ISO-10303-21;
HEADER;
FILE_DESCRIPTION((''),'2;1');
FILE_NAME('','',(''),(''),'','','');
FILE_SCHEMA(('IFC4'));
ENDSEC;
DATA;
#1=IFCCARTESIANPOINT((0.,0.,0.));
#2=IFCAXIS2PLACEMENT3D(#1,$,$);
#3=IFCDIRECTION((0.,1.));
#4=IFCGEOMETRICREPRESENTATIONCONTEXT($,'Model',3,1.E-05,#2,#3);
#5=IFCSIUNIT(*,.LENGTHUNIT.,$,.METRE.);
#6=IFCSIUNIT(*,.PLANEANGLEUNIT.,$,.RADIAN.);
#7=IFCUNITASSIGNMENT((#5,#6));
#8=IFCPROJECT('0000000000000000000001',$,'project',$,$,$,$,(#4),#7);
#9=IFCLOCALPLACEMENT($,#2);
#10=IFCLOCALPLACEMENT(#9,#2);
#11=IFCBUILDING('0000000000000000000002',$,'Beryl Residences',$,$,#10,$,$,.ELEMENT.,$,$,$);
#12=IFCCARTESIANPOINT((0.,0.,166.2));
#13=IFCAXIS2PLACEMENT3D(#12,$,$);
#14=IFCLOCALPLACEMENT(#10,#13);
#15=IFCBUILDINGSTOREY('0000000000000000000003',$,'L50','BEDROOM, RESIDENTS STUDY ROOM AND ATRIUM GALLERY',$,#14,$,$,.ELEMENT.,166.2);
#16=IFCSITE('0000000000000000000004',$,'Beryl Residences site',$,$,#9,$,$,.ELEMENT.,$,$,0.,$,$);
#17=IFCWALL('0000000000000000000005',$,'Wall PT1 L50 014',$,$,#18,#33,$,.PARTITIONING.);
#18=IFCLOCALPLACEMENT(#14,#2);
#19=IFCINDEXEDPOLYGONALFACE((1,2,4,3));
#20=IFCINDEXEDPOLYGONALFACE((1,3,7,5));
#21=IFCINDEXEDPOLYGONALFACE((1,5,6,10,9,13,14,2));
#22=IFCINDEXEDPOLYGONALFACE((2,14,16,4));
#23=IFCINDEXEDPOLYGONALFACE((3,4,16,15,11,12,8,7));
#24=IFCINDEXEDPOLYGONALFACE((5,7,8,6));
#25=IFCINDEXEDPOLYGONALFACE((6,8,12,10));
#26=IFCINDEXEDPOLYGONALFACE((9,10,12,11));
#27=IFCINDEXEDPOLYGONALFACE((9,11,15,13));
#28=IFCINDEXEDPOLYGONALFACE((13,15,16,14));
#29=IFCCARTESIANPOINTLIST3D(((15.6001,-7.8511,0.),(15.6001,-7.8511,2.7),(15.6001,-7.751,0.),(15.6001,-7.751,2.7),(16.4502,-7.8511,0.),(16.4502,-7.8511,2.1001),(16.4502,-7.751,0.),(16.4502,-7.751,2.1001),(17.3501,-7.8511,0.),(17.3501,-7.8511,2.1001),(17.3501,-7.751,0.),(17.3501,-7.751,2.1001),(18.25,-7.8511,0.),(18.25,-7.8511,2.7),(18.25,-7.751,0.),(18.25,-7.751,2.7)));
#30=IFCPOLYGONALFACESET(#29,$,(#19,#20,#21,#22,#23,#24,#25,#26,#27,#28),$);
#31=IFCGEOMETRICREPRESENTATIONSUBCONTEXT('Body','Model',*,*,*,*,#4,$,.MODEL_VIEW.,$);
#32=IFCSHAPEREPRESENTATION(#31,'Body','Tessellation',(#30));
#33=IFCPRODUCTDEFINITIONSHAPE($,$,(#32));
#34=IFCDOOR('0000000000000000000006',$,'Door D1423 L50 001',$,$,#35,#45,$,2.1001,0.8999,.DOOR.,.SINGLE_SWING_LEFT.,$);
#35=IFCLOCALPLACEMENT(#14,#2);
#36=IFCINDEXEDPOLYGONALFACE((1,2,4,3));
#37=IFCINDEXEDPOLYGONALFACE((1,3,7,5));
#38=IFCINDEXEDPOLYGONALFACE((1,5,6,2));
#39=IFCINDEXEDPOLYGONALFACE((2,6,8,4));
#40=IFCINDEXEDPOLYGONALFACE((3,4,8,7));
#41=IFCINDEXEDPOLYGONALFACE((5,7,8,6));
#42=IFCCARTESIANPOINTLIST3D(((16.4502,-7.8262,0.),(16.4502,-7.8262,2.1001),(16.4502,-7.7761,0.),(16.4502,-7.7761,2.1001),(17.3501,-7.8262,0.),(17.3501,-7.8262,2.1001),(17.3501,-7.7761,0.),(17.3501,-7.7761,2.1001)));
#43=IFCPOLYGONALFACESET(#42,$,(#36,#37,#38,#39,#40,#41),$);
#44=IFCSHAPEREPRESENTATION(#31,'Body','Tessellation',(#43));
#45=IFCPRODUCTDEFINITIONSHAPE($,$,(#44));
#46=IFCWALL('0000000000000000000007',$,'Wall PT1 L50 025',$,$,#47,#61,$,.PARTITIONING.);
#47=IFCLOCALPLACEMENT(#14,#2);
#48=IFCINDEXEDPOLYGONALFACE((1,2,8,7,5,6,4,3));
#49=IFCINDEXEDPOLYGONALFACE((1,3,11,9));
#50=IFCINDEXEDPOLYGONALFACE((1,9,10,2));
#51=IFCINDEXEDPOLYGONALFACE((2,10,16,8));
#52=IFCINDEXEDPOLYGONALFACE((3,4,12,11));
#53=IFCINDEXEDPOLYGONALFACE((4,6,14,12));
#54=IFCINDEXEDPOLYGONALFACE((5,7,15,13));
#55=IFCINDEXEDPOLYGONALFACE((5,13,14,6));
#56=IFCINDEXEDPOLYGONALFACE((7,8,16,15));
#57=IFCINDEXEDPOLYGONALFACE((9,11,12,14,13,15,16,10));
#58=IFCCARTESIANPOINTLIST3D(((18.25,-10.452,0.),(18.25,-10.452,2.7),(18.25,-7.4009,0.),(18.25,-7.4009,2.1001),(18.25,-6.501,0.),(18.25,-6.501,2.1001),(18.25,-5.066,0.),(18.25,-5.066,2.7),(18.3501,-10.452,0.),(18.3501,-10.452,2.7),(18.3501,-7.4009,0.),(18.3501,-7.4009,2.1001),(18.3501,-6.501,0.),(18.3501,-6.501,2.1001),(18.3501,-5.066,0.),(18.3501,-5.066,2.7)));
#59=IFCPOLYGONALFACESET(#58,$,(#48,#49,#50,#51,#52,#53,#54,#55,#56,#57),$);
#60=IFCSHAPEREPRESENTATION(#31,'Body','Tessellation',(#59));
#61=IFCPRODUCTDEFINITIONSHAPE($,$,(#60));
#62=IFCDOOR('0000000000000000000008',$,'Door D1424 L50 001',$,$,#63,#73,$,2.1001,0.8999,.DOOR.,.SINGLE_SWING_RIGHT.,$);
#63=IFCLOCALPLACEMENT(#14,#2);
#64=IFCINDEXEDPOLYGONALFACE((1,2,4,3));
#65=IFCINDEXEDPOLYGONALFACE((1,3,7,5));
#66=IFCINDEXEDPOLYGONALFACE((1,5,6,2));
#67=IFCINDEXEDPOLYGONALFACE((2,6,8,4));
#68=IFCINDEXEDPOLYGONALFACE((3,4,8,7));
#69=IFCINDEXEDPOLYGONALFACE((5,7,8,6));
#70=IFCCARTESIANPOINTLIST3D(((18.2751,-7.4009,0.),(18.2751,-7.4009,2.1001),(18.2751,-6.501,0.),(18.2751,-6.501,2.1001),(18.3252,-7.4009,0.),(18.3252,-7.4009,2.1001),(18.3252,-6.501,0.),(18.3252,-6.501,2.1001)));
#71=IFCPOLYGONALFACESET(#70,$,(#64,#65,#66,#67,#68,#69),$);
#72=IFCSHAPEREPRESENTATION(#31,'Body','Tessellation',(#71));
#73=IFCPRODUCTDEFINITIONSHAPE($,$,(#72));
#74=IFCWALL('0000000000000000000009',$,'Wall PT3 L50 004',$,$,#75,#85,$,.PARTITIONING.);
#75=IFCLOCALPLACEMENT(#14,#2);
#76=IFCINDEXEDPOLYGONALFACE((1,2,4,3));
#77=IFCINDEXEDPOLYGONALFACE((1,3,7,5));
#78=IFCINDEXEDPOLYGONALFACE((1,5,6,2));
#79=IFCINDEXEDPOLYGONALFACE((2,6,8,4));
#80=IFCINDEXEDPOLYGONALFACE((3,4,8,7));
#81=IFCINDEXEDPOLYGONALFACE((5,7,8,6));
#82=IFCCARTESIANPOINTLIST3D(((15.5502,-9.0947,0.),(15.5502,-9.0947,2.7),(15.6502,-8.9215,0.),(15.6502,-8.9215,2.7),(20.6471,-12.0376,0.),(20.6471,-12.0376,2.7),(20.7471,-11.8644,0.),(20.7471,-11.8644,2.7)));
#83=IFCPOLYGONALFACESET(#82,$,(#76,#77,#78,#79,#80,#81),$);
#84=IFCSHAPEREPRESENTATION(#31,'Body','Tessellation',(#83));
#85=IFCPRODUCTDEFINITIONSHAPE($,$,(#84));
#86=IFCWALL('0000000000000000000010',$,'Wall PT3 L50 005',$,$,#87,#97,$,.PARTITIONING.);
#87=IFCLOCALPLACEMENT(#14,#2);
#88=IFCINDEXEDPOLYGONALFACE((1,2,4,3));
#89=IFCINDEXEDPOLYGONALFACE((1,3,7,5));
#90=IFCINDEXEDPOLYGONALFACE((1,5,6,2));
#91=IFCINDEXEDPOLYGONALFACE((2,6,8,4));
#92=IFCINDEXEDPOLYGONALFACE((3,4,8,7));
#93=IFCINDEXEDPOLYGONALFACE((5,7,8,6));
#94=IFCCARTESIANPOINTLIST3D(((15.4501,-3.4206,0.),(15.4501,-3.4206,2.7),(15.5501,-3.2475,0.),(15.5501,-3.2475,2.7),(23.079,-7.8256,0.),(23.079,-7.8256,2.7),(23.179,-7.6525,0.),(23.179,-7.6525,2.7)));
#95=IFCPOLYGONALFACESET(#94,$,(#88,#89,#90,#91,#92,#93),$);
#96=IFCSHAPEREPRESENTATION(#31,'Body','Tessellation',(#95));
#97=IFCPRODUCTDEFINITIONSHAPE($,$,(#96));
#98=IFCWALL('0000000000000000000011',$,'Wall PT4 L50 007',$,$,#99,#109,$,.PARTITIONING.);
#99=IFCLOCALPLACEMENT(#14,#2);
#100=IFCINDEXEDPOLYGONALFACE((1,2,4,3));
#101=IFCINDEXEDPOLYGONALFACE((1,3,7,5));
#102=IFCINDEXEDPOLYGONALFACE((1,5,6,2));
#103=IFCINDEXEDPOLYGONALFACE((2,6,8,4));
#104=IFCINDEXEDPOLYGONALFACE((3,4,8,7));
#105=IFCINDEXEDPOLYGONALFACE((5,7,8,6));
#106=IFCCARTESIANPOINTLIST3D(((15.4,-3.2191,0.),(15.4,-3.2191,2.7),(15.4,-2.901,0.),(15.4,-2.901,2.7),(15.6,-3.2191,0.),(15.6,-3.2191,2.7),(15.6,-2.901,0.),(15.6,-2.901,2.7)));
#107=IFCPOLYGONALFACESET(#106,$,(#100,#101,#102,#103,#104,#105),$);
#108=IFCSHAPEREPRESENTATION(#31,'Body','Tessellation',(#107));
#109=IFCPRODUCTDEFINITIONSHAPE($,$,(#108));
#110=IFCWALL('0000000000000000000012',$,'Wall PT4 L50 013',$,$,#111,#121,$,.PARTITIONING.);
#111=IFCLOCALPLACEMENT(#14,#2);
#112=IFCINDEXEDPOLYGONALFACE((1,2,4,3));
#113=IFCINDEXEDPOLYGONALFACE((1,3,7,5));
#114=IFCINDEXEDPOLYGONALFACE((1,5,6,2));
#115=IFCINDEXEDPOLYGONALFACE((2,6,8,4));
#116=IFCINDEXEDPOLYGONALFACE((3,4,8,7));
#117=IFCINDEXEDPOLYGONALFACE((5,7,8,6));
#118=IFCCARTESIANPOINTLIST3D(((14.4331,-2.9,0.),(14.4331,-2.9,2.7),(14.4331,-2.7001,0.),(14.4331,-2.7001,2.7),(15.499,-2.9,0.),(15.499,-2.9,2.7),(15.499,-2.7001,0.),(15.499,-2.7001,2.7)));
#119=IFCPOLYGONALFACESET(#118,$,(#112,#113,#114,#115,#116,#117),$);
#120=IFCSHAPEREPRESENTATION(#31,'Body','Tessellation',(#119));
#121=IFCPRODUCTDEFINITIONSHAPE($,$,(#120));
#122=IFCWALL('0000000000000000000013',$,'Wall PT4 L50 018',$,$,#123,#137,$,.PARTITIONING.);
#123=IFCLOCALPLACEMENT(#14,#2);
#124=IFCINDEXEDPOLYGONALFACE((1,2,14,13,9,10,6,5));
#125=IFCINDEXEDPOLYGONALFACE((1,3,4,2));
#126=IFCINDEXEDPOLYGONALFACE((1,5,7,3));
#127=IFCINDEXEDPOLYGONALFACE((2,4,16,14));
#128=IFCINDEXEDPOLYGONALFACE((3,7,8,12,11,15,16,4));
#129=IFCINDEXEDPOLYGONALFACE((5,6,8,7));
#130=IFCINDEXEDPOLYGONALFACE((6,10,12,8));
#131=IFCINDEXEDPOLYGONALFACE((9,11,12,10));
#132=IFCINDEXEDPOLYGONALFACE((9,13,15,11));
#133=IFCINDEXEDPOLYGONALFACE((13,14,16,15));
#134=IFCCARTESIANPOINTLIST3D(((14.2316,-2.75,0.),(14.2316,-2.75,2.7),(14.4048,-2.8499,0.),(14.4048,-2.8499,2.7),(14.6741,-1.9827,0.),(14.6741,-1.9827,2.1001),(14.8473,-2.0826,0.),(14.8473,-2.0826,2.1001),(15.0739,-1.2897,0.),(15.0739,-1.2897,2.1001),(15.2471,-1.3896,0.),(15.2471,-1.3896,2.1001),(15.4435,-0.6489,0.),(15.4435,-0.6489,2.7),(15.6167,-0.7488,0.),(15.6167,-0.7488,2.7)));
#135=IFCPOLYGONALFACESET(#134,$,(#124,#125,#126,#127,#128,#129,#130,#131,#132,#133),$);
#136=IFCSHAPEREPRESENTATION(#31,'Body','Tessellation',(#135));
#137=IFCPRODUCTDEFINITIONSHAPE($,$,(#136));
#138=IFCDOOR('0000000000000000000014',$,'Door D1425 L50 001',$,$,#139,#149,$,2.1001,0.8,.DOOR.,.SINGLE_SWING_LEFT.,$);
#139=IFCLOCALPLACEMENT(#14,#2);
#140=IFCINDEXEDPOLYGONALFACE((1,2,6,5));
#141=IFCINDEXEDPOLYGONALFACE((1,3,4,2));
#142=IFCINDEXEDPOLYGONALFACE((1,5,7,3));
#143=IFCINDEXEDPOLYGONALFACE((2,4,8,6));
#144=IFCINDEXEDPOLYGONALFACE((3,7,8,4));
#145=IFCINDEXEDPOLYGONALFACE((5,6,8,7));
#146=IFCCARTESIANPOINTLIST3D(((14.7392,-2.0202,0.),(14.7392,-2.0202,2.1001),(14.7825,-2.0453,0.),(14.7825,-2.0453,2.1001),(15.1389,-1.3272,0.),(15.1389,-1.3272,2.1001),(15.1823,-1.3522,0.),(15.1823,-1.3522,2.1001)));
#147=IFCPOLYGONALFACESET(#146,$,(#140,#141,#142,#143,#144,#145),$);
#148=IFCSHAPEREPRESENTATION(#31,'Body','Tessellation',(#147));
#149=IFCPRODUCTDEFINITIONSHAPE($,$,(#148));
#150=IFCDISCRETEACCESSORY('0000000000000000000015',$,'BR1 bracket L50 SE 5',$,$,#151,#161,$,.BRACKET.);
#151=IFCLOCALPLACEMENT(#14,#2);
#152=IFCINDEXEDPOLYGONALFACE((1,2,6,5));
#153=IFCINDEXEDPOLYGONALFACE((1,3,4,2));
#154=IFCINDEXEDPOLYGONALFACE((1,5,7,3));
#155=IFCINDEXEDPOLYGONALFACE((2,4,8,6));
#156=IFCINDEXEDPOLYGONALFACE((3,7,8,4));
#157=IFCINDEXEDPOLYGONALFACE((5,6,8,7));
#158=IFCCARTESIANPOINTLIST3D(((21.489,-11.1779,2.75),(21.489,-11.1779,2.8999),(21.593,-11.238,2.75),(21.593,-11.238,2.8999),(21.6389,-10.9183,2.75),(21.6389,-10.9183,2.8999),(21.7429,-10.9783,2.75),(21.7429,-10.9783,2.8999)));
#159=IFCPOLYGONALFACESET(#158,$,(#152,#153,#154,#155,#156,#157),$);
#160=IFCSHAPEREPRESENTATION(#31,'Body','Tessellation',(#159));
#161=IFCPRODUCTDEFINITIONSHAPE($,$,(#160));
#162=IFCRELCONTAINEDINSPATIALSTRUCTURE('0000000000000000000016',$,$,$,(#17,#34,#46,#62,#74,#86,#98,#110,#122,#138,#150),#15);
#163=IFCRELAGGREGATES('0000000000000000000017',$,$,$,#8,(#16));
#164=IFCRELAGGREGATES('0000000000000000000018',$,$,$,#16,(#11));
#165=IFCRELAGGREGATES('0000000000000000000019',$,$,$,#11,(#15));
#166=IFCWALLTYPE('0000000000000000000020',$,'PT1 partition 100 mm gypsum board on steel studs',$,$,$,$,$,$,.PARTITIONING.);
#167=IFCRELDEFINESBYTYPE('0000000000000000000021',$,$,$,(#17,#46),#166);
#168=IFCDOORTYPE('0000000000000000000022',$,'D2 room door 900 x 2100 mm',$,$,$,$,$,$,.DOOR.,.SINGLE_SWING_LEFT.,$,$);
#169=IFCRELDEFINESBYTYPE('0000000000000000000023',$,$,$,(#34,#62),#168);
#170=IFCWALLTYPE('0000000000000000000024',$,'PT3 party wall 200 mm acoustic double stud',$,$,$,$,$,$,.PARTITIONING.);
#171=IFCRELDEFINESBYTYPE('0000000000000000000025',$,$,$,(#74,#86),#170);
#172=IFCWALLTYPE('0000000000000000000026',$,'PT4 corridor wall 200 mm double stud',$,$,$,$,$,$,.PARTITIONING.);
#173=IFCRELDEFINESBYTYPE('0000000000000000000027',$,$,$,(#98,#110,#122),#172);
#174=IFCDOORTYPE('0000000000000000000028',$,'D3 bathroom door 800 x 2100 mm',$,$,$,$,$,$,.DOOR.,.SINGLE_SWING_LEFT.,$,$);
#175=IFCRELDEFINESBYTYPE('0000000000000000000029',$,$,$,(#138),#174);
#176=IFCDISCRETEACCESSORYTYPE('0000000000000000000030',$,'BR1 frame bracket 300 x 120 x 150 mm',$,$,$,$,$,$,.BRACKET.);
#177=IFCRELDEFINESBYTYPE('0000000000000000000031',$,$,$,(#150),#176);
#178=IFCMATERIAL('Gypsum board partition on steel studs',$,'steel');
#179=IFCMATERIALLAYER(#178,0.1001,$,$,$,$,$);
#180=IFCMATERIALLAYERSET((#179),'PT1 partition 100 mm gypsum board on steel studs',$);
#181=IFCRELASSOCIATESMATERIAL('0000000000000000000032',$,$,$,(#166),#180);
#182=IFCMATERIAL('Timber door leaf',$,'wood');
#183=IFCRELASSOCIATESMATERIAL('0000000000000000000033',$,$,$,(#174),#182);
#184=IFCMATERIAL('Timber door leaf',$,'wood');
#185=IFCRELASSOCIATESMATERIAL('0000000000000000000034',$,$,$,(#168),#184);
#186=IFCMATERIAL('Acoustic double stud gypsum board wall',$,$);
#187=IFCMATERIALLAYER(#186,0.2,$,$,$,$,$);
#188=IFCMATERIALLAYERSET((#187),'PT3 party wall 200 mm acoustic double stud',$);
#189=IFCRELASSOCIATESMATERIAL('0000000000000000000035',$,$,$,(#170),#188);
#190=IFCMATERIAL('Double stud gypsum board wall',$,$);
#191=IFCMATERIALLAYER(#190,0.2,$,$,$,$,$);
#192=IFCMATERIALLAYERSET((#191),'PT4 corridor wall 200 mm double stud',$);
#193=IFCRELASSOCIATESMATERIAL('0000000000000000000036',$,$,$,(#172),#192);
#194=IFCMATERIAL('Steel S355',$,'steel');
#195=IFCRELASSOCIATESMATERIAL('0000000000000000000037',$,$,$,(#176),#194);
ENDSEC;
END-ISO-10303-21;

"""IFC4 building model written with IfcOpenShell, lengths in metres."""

from ifc_helpers import new_model, si_unit, direction, frame, frame_2d, origin, place, context, subcontext, project, spatial, polyline, rectangle, outline, extrude, source, transform, mapped, material, layer, layer_set, type_object, type_shapes, element, fill, save


model = new_model("IFC4")

# Units and contexts
model_context = context("Model", 3, precision=1e-05, world=origin(), true_north=direction((0.0, 1.0)))
body_context = subcontext(model_context, "Body", "Model", "MODEL_VIEW")
ifc_project = project(units=[si_unit("LENGTHUNIT", "METRE"), si_unit("PLANEANGLEUNIT", "RADIAN")], contexts=[model_context])

# Site, building, storey
site_placement = place(None, origin())
site = spatial("IfcSite", under=ifc_project, at=site_placement, Name="Beryl Residences site", CompositionType="ELEMENT", RefElevation=0.0)
building_placement = place(site_placement, origin())
building = spatial("IfcBuilding", under=site, at=building_placement, Name="Beryl Residences", CompositionType="ELEMENT")
storey_placement = place(building_placement, frame((0.0, 0.0, 166.2)))
storey = spatial("IfcBuildingStorey", under=building, at=storey_placement, Name="L50", Description="BEDROOM, RESIDENTS STUDY ROOM AND ATRIUM GALLERY", CompositionType="ELEMENT", Elevation=166.2)

# Walls, openings, doors
ifc_material_1 = material(Name="Gypsum board partition on steel studs", Category="steel")
ifc_layer_1 = layer(ifc_material_1, 0.1001)
ifc_layer_set_1 = layer_set([ifc_layer_1], Name="PT1 partition 100 mm gypsum board on steel studs")
wall_type_1 = type_object("IfcWallType", Name="PT1 partition 100 mm gypsum board on steel studs", PredefinedType="PARTITIONING", material=ifc_layer_set_1)
ifc_material_2 = material(Name="Timber door leaf", Category="wood")
door_type_1 = type_object("IfcDoorType", Name="D3 bathroom door 800 x 2100 mm", OperationType="SINGLE_SWING_LEFT", PredefinedType="DOOR", material=ifc_material_2)
wall_1_placement = place(storey_placement, frame((15.6001, -7.801, 0.0), z_axis=(0.0, 0.0, 1.0), x_axis=(1.0, 0.0, 0.0)))
wall_1 = element("IfcWall", 1, at=wall_1_placement, inside=storey, type_object=wall_type_1, Name="Wall PT1 L50 014", PredefinedType="PARTITIONING", context=body_context, shape_type="SweptSolid", body=[
    extrude(rectangle(XDim=2.6499, YDim=0.1001, at=frame_2d((1.325, 0.0))), origin(), (0.0, 0.0, 1.0), 2.7),
])
opening_1_placement = place(wall_1_placement, frame((0.8501, 0.0, 0.0)))
opening_1 = element("IfcOpeningElement", 2, at=opening_1_placement, cuts=wall_1, PredefinedType="OPENING", context=body_context, shape_type="SweptSolid", body=[
    extrude(rectangle(XDim=0.8999, YDim=2.1001, at=frame_2d((0.45, 1.05))), frame((0.0, 0.0601, 0.0), z_axis=(0.0, -1.0, 0.0), x_axis=(1.0, 0.0, 0.0)), (0.0, 0.0, 1.0), 0.1201),
])
ifc_material_3 = material(Name="Timber door leaf", Category="wood")
door_type_2 = type_object("IfcDoorType", Name="D2 room door 900 x 2100 mm", OperationType="SINGLE_SWING_LEFT", PredefinedType="DOOR", material=ifc_material_3)
door_1_placement = place(opening_1_placement, origin())
door_1 = element("IfcDoor", 3, at=door_1_placement, inside=storey, type_object=door_type_2, Name="Door D1423 L50 001", OperationType="SINGLE_SWING_LEFT", OverallHeight=2.1001, OverallWidth=0.8999, PredefinedType="DOOR", context=body_context, shape_type="SweptSolid", body=[
    extrude(rectangle(XDim=0.8999, YDim=2.1001, at=frame_2d((0.45, 1.05))), frame((0.0, 0.0249, 0.0), z_axis=(0.0, -1.0, 0.0), x_axis=(1.0, 0.0, 0.0)), (0.0, 0.0, 1.0), 0.05),
])
fill(opening_1, door_1)
wall_2_placement = place(storey_placement, frame((18.3, -10.4519, 0.0), z_axis=(0.0, 0.0, 1.0), x_axis=(0.0, 1.0, 0.0)))
wall_2 = element("IfcWall", 4, at=wall_2_placement, inside=storey, type_object=wall_type_1, Name="Wall PT1 L50 025", PredefinedType="PARTITIONING", context=body_context, shape_type="SweptSolid", body=[
    extrude(rectangle(XDim=5.386, YDim=0.1001, at=frame_2d((2.6929, 0.0))), origin(), (0.0, 0.0, 1.0), 2.7),
])
opening_2_placement = place(wall_2_placement, frame((3.051, 0.0, 0.0)))
opening_2 = element("IfcOpeningElement", 5, at=opening_2_placement, cuts=wall_2, PredefinedType="OPENING", context=body_context, shape_type="SweptSolid", body=[
    extrude(rectangle(XDim=0.8999, YDim=2.1001, at=frame_2d((0.45, 1.05))), frame((0.0, 0.0601, 0.0), z_axis=(0.0, -1.0, 0.0), x_axis=(1.0, 0.0, 0.0)), (0.0, 0.0, 1.0), 0.1201),
])
door_2_placement = place(opening_2_placement, origin())
door_2 = element("IfcDoor", 6, at=door_2_placement, inside=storey, type_object=door_type_2, Name="Door D1424 L50 001", OperationType="SINGLE_SWING_RIGHT", OverallHeight=2.1001, OverallWidth=0.8999, PredefinedType="DOOR", context=body_context, shape_type="SweptSolid", body=[
    extrude(rectangle(XDim=0.8999, YDim=2.1001, at=frame_2d((0.45, 1.05))), frame((0.0, 0.0249, 0.0), z_axis=(0.0, -1.0, 0.0), x_axis=(1.0, 0.0, 0.0)), (0.0, 0.0, 1.0), 0.05),
])
fill(opening_2, door_2)

# Walls
ifc_material_4 = material(Name="Acoustic double stud gypsum board wall")
ifc_layer_2 = layer(ifc_material_4, 0.2)
ifc_layer_set_2 = layer_set([ifc_layer_2], Name="PT3 party wall 200 mm acoustic double stud")
wall_type_2 = type_object("IfcWallType", Name="PT3 party wall 200 mm acoustic double stud", PredefinedType="PARTITIONING", material=ifc_layer_set_2)
wall_3_placement = place(storey_placement, frame((15.6001, -9.0081, 0.0), z_axis=(0.0, 0.0, 1.0), x_axis=(0.866014, -0.50002, 0.0)))
element("IfcWall", 7, at=wall_3_placement, inside=storey, type_object=wall_type_2, Name="Wall PT3 L50 004", PredefinedType="PARTITIONING", context=body_context, shape_type="SweptSolid", body=[
    extrude(rectangle(XDim=5.8855, YDim=0.2, at=frame_2d((2.9429, 0.0))), origin(), (0.0, 0.0, 1.0), 2.7),
])
wall_4_placement = place(storey_placement, frame((15.5, -3.334, 0.0), z_axis=(0.0, 0.0, 1.0), x_axis=(0.866002, -0.500041, 0.0)))
element("IfcWall", 8, at=wall_4_placement, inside=storey, type_object=wall_type_2, Name="Wall PT3 L50 005", PredefinedType="PARTITIONING", context=body_context, shape_type="SweptSolid", body=[
    extrude(rectangle(XDim=8.8093, YDim=0.2, at=frame_2d((4.4048, 0.0))), origin(), (0.0, 0.0, 1.0), 2.7),
])
ifc_material_5 = material(Name="Double stud gypsum board wall")
ifc_layer_3 = layer(ifc_material_5, 0.2)
ifc_layer_set_3 = layer_set([ifc_layer_3], Name="PT4 corridor wall 200 mm double stud")
wall_type_3 = type_object("IfcWallType", Name="PT4 corridor wall 200 mm double stud", PredefinedType="PARTITIONING", material=ifc_layer_set_3)
wall_5_placement = place(storey_placement, frame((15.5, -2.9009, 0.0), z_axis=(0.0, 0.0, 1.0), x_axis=(0.0, -1.0, 0.0)))
element("IfcWall", 9, at=wall_5_placement, inside=storey, type_object=wall_type_3, Name="Wall PT4 L50 007", PredefinedType="PARTITIONING", context=body_context, shape_type="SweptSolid", body=[
    extrude(rectangle(XDim=0.3181, YDim=0.2, at=frame_2d((0.1592, 0.0))), origin(), (0.0, 0.0, 1.0), 2.7),
])
wall_6_placement = place(storey_placement, frame((14.4331, -2.8, 0.0), z_axis=(0.0, 0.0, 1.0), x_axis=(1.0, 0.0, 0.0)))
element("IfcWall", 10, at=wall_6_placement, inside=storey, type_object=wall_type_3, Name="Wall PT4 L50 013", PredefinedType="PARTITIONING", context=body_context, shape_type="SweptSolid", body=[
    extrude(rectangle(XDim=1.0659, YDim=0.2, at=frame_2d((0.533, 0.0))), origin(), (0.0, 0.0, 1.0), 2.7),
])

# Wall, opening, door
wall_7_placement = place(storey_placement, frame((14.3181, -2.8, 0.0), z_axis=(0.0, 0.0, 1.0), x_axis=(0.499647, 0.866229, 0.0)))
wall_7 = element("IfcWall", 11, at=wall_7_placement, inside=storey, type_object=wall_type_3, Name="Wall PT4 L50 018", PredefinedType="PARTITIONING", context=body_context, shape_type="SweptSolid", body=[
    extrude(rectangle(XDim=2.4255, YDim=0.2, at=frame_2d((1.2129, 0.0))), origin(), (0.0, 0.0, 1.0), 2.7),
])
opening_3_placement = place(wall_7_placement, frame((0.886, 0.0, 0.0)))
opening_3 = element("IfcOpeningElement", 12, at=opening_3_placement, cuts=wall_7, PredefinedType="OPENING", context=body_context, shape_type="SweptSolid", body=[
    extrude(rectangle(XDim=0.8, YDim=2.1001, at=frame_2d((0.3999, 1.05))), frame((0.0, 0.1099, 0.0), z_axis=(0.0, -1.0, 0.0), x_axis=(1.0, 0.0, 0.0)), (0.0, 0.0, 1.0), 0.22),
])
door_3_placement = place(opening_3_placement, origin())
door_3 = element("IfcDoor", 13, at=door_3_placement, inside=storey, type_object=door_type_1, Name="Door D1425 L50 001", OperationType="SINGLE_SWING_LEFT", OverallHeight=2.1001, OverallWidth=0.8, PredefinedType="DOOR", context=body_context, shape_type="SweptSolid", body=[
    extrude(rectangle(XDim=0.8, YDim=2.1001, at=frame_2d((0.3999, 1.05))), frame((0.0, 0.0249, 0.0), z_axis=(0.0, -1.0, 0.0), x_axis=(1.0, 0.0, 0.0)), (0.0, 0.0, 1.0), 0.05),
])
fill(opening_3, door_3)

# Discrete accessory
ifc_material_6 = material(Name="Steel S355", Category="steel")
discrete_accessory_type = type_object("IfcDiscreteAccessoryType", Name="BR1 frame bracket 300 x 120 x 150 mm", PredefinedType="BRACKET", material=ifc_material_6)
shared_shape_1 = source(origin(), body_context, "Body", "SweptSolid", [
    extrude(outline(polyline([(-0.1499, 0.0), (0.1499, 0.0), (0.1499, 0.1201), (-0.1499, 0.1201), (-0.1499, 0.0)])), origin(), (0.0, 0.0, 1.0), 0.1499),
])
type_shapes(discrete_accessory_type, [shared_shape_1])
discrete_accessory_placement = place(storey_placement, frame((21.564, -11.0481, 2.75), z_axis=(0.0, 0.0, 1.0), x_axis=(-0.5, -0.866025, 0.0)))
element("IfcDiscreteAccessory", 14, at=discrete_accessory_placement, inside=storey, type_object=discrete_accessory_type, Name="BR1 bracket L50 SE 5", PredefinedType="BRACKET", context=body_context, shape_type="MappedRepresentation", body=[
    mapped(shared_shape_1, transform((0.0, 0.0, 0.0))),
])

save(model, "model.ifc")
